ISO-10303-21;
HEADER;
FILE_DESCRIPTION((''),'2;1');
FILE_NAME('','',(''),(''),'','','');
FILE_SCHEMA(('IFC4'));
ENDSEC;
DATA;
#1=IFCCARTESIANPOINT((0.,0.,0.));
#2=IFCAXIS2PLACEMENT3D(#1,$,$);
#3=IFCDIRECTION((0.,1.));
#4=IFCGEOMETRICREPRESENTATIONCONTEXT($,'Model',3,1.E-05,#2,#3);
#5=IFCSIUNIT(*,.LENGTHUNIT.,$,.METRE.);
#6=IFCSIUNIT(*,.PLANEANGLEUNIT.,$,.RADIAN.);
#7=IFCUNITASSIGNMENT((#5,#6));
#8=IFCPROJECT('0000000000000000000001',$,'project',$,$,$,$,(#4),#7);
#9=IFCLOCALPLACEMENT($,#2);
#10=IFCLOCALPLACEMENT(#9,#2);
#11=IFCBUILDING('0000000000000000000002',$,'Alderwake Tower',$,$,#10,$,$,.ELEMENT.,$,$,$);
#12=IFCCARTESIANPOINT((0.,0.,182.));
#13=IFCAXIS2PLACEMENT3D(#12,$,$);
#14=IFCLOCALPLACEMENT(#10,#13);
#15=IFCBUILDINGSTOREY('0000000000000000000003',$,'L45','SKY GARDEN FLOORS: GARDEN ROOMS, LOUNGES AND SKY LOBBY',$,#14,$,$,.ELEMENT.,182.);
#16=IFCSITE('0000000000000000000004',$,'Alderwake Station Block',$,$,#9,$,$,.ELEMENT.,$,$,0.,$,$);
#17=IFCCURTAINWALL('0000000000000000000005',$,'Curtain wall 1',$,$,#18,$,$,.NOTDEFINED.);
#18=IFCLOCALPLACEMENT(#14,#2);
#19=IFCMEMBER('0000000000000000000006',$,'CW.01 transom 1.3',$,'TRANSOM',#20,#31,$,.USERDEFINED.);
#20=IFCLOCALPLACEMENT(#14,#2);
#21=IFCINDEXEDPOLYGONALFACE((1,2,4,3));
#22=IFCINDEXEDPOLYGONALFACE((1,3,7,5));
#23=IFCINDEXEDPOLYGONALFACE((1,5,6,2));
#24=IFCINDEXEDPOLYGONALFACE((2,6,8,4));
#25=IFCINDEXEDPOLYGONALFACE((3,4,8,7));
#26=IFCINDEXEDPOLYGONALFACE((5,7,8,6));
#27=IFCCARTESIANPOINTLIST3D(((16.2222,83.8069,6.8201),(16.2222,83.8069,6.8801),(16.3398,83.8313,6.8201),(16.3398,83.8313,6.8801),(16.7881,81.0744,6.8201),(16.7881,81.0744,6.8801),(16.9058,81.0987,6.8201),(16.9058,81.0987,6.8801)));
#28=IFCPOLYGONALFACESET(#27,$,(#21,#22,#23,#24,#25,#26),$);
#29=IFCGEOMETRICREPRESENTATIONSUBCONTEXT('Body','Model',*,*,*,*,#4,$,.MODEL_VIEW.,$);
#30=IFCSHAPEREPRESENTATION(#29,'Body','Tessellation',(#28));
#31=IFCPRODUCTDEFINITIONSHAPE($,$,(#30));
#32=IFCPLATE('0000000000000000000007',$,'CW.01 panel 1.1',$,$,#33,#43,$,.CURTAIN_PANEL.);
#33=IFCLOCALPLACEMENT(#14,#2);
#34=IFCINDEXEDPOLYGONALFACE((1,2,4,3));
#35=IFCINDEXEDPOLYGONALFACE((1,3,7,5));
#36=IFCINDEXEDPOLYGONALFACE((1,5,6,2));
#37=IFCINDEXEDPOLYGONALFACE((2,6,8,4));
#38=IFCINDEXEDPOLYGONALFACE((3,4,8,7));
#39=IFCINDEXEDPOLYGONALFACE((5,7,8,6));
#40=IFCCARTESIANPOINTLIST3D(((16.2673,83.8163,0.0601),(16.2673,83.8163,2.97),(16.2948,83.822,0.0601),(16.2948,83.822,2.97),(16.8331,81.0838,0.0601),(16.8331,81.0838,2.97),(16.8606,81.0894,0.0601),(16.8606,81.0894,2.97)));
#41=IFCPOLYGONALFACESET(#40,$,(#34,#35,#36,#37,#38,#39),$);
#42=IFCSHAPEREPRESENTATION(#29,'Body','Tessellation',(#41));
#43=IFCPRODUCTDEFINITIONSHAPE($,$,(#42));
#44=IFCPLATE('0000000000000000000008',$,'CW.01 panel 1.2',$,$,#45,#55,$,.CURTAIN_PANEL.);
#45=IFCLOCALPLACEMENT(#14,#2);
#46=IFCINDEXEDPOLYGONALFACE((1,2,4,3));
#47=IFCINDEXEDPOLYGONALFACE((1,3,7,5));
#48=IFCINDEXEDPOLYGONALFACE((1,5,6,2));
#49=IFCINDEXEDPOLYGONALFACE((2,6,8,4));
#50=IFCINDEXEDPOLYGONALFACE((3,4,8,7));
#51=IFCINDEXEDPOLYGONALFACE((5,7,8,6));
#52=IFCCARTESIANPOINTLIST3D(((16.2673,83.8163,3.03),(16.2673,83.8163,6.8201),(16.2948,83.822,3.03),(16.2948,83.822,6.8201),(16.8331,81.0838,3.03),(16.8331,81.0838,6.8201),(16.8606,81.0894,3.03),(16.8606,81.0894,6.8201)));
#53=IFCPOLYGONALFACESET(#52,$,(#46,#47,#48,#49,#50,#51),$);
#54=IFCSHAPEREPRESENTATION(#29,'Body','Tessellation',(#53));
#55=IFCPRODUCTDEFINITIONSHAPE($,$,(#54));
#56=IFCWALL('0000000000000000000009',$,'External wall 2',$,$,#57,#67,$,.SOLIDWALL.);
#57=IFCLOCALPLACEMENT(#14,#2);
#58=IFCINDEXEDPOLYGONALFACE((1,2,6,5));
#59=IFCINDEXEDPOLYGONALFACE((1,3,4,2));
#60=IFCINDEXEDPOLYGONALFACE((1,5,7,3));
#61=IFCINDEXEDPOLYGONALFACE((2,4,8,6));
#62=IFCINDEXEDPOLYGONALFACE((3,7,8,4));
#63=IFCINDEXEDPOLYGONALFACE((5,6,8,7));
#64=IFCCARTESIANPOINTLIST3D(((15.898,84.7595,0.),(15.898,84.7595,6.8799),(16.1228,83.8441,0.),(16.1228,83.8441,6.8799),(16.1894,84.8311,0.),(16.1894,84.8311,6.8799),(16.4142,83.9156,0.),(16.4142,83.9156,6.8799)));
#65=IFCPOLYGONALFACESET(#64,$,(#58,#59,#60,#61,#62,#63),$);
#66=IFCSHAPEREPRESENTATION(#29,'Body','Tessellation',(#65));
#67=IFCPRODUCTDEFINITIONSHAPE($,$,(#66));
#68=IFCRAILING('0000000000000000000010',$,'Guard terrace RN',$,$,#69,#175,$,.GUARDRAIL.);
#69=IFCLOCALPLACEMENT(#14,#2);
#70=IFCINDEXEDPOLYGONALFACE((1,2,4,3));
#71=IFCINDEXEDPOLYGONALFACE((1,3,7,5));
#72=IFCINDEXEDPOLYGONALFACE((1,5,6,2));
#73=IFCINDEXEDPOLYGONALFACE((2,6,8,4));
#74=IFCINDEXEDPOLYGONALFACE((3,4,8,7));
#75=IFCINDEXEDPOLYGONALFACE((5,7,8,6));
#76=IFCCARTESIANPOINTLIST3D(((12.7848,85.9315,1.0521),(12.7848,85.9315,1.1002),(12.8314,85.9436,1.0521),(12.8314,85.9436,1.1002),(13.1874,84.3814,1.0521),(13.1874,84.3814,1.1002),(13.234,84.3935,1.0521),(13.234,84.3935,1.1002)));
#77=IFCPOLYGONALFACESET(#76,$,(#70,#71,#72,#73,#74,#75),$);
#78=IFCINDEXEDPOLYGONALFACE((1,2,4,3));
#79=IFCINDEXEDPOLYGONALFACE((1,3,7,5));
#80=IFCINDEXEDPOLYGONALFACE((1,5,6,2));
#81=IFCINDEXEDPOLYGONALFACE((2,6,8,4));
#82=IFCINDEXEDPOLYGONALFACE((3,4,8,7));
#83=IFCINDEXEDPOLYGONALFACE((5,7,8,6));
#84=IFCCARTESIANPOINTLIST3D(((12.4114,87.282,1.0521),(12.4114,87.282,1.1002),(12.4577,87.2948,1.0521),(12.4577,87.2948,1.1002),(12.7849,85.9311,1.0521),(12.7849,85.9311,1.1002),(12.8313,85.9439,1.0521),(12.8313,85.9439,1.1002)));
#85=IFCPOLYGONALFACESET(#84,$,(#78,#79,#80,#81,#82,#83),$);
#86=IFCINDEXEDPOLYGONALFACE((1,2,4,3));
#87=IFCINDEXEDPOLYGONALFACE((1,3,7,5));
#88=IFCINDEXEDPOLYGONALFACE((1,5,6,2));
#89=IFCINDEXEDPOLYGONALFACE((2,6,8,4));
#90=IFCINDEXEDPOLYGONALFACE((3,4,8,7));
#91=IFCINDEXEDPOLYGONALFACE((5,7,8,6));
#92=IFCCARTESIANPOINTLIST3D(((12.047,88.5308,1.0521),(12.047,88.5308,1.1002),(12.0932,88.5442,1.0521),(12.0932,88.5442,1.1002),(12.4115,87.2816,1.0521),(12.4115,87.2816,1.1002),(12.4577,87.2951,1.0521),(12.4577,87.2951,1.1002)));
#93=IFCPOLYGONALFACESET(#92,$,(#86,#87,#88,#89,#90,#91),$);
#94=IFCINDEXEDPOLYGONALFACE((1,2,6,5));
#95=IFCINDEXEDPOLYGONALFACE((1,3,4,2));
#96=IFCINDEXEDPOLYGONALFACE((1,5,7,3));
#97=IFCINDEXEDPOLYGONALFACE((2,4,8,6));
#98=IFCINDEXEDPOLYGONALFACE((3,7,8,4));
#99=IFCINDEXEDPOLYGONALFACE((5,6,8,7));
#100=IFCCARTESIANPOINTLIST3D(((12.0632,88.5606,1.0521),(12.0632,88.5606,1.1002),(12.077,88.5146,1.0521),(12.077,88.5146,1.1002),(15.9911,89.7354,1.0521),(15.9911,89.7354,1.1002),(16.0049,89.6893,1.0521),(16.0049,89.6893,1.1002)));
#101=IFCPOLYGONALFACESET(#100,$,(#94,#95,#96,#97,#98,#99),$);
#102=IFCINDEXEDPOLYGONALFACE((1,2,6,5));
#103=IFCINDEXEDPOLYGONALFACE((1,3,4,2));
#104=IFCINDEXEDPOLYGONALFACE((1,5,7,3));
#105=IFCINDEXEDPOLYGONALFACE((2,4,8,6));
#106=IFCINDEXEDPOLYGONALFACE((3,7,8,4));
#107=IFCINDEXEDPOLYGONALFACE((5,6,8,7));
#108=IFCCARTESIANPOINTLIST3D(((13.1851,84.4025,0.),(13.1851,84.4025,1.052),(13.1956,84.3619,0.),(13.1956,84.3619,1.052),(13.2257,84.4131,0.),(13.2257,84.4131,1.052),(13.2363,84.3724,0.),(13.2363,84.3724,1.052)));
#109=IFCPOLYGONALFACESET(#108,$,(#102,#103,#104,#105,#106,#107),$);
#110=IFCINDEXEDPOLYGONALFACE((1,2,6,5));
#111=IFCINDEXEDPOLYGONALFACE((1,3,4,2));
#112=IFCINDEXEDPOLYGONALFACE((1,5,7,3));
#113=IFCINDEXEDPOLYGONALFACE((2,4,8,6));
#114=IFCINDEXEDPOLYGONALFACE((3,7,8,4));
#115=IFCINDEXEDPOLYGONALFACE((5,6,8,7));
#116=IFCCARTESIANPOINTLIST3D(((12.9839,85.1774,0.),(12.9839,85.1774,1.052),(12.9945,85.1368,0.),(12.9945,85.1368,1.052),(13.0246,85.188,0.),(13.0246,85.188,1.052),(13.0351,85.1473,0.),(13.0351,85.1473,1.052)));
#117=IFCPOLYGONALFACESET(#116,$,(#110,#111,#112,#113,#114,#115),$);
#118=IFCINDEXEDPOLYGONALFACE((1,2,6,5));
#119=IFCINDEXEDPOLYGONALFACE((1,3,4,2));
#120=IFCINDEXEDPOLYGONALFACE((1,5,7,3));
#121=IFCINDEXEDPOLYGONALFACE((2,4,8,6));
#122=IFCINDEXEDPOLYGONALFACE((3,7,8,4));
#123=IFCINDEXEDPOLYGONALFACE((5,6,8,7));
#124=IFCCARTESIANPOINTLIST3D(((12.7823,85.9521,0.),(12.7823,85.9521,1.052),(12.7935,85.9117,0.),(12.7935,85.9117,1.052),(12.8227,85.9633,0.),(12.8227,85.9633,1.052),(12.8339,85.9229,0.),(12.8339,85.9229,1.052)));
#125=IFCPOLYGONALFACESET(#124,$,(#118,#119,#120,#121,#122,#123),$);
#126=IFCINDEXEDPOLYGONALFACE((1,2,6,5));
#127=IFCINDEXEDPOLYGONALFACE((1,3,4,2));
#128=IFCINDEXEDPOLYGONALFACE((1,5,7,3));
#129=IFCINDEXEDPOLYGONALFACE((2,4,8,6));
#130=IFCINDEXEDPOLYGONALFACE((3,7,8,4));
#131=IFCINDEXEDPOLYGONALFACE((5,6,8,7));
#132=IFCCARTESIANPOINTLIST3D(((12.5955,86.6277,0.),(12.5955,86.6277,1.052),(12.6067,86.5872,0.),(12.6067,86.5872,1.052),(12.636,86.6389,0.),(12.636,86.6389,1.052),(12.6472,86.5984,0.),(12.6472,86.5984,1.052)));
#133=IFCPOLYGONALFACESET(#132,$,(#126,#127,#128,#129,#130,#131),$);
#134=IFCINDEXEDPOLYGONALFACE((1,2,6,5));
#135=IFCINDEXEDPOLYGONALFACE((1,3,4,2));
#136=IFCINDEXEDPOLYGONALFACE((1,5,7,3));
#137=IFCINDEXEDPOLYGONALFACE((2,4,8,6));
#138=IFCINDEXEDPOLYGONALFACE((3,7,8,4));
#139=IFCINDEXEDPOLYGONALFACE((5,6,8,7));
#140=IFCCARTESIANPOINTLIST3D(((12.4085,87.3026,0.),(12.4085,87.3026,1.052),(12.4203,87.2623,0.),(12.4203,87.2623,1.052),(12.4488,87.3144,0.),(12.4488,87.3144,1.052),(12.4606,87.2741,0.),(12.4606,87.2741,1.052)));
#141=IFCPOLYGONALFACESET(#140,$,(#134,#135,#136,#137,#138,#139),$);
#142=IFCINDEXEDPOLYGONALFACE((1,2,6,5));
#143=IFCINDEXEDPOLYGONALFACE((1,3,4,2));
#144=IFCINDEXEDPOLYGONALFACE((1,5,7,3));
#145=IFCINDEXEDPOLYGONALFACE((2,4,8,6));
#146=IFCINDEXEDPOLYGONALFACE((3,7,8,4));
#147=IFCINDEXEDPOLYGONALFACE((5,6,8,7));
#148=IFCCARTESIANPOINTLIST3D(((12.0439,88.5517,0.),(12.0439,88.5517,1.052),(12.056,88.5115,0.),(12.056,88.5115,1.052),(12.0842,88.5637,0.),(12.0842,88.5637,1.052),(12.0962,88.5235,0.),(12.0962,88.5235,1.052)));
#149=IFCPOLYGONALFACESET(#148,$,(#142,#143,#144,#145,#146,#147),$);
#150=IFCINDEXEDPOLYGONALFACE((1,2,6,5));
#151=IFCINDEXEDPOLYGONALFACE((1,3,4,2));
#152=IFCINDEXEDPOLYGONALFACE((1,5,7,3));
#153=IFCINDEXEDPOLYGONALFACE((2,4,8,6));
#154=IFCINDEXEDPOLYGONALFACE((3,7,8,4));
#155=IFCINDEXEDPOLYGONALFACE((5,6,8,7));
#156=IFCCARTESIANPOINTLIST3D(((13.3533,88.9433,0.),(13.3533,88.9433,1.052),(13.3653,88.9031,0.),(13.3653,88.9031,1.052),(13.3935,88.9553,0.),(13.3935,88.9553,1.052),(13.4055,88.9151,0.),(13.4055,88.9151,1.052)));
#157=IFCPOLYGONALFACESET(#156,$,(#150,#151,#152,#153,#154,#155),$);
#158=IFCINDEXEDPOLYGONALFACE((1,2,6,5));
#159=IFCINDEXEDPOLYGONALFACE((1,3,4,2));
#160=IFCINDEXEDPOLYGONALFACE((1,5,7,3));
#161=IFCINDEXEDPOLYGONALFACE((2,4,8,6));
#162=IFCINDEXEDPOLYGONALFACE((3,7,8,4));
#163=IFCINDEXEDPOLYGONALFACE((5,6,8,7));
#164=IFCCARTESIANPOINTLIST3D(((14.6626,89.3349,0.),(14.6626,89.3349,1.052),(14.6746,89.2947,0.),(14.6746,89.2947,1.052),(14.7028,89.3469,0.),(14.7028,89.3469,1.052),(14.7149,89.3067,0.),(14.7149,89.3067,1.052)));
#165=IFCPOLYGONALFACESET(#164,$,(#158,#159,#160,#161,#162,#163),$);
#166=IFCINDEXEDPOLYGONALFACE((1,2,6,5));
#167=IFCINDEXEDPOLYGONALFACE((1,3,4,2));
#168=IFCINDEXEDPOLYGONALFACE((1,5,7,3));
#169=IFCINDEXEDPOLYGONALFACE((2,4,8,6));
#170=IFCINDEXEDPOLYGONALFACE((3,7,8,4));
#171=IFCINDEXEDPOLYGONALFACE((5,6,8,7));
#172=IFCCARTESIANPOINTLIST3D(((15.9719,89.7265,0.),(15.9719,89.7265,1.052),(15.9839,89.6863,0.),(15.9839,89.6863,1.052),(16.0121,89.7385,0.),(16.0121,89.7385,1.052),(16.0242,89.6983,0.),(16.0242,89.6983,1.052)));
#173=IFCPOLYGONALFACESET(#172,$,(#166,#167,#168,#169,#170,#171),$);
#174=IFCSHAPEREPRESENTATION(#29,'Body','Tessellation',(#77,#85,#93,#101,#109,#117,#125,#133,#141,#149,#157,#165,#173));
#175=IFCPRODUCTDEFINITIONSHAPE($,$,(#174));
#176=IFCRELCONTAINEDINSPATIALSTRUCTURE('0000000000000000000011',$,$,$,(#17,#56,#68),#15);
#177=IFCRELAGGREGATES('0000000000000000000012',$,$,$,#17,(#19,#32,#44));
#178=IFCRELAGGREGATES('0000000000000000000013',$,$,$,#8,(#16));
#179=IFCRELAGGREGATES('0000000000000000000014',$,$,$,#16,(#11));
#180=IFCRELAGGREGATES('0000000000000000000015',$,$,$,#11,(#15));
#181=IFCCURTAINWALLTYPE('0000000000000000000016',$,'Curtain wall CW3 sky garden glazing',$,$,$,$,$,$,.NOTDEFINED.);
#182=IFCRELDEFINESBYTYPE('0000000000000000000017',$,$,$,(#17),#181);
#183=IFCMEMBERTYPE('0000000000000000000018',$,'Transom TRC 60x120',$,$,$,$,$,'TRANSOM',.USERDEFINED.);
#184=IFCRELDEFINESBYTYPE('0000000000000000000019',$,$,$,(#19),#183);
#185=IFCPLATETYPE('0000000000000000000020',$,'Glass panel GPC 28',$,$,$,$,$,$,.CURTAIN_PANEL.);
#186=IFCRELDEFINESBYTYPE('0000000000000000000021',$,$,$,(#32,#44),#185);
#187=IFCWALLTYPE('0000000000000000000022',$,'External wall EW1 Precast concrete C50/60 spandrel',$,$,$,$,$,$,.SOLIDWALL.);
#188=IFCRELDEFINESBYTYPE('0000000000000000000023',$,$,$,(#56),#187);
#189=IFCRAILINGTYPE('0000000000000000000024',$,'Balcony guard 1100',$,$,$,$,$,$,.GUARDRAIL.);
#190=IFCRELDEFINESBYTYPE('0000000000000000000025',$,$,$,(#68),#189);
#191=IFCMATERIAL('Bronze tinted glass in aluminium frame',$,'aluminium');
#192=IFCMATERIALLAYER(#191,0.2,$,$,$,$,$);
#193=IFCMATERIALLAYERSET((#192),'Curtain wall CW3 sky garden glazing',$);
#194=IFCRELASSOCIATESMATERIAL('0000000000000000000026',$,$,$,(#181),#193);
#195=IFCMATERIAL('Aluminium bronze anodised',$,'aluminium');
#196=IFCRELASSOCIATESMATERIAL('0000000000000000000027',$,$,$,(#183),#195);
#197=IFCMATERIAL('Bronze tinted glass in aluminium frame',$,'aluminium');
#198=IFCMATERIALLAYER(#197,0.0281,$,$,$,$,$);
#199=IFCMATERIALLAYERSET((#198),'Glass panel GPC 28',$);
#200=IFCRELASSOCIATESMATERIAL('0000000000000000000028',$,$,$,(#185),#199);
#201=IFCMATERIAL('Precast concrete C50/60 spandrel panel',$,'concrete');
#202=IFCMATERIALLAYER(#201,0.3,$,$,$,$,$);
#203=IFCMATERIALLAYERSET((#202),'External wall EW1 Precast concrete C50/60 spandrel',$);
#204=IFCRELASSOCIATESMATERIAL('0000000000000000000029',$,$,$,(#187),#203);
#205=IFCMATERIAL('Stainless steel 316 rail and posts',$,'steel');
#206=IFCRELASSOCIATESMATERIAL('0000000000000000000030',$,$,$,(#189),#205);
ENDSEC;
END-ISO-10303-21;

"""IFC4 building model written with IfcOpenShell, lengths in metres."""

from ifc_helpers import new_model, si_unit, direction, frame, frame_2d, origin, origin_2d, place, context, subcontext, project, spatial, rectangle, extrude, material, layer, layer_set, material_profile, profile_set, type_object, element, aggregate, save


model = new_model("IFC4")

# Units and contexts
model_context = context("Model", 3, precision=1e-05, world=origin(), true_north=direction((0.0, 1.0)))
body_context = subcontext(model_context, "Body", "Model", "MODEL_VIEW")
ifc_project = project(units=[si_unit("LENGTHUNIT", "METRE"), si_unit("PLANEANGLEUNIT", "RADIAN")], contexts=[model_context])

# Site, building, storey
site_placement = place(None, origin())
site = spatial("IfcSite", under=ifc_project, at=site_placement, Name="Alderwake Station Block", CompositionType="ELEMENT", RefElevation=0.0)
building_placement = place(site_placement, origin())
building = spatial("IfcBuilding", under=site, at=building_placement, Name="Alderwake Tower", CompositionType="ELEMENT")
storey_placement = place(building_placement, frame((0.0, 0.0, 182.0)))
storey = spatial("IfcBuildingStorey", under=building, at=storey_placement, Name="L45", Description="SKY GARDEN FLOORS: GARDEN ROOMS, LOUNGES AND SKY LOBBY", CompositionType="ELEMENT", Elevation=182.0)

# Curtain wall, member, plates
ifc_material_1 = material(Name="Bronze tinted glass in aluminium frame", Category="aluminium")
ifc_layer_1 = layer(ifc_material_1, 0.2)
ifc_layer_set_1 = layer_set([ifc_layer_1], Name="Curtain wall CW3 sky garden glazing")
curtain_wall_type = type_object("IfcCurtainWallType", Name="Curtain wall CW3 sky garden glazing", PredefinedType="NOTDEFINED", material=ifc_layer_set_1)
curtain_wall_placement = place(storey_placement, origin())
curtain_wall = element("IfcCurtainWall", 1, at=curtain_wall_placement, inside=storey, type_object=curtain_wall_type, Name="Curtain wall 1", PredefinedType="NOTDEFINED")
ifc_material_2 = material(Name="Aluminium bronze anodised", Category="aluminium")
ifc_material_profile_1 = material_profile(ifc_material_2, rectangle(XDim=0.1201, YDim=0.0601, at=origin_2d()), Name="Transom TRC 60x120")
ifc_profile_set_1 = profile_set([ifc_material_profile_1], Name="Aluminium bronze anodised")
member_type_1 = type_object("IfcMemberType", Name="Transom TRC 60x120", ElementType="TRANSOM", PredefinedType="USERDEFINED", material=ifc_profile_set_1)
member_1_placement = place(storey_placement, frame((16.281, 83.8191, 6.8501), z_axis=(0.202808, -0.979218, 0.0), x_axis=(0.979218, 0.202808, 0.0)))
member_1 = element("IfcMember", 2, at=member_1_placement, type_object=member_type_1, Name="CW.01 transom 1.3", ObjectType="TRANSOM", PredefinedType="USERDEFINED", context=body_context, shape_type="SweptSolid", body=[
    extrude(rectangle(XDim=0.1201, YDim=0.0601, at=origin_2d()), origin(), (0.0, 0.0, 1.0), 2.7905),
])
ifc_material_3 = material(Name="Bronze tinted glass in aluminium frame", Category="aluminium")
ifc_layer_2 = layer(ifc_material_3, 0.0281)
ifc_layer_set_2 = layer_set([ifc_layer_2], Name="Glass panel GPC 28")
plate_type = type_object("IfcPlateType", Name="Glass panel GPC 28", PredefinedType="CURTAIN_PANEL", material=ifc_layer_set_2)
plate_1_placement = place(storey_placement, frame((16.564, 82.4529, 0.0601), z_axis=(0.0, 0.0, 1.0), x_axis=(0.202758, -0.979229, 0.0)))
plate_1 = element("IfcPlate", 3, at=plate_1_placement, type_object=plate_type, Name="CW.01 panel 1.1", PredefinedType="CURTAIN_PANEL", context=body_context, shape_type="SweptSolid", body=[
    extrude(rectangle(XDim=2.7905, YDim=0.0281, at=origin_2d()), origin(), (0.0, 0.0, 1.0), 2.9099),
])
plate_2_placement = place(storey_placement, frame((16.564, 82.4529, 3.03), z_axis=(0.0, 0.0, 1.0), x_axis=(0.202758, -0.979229, 0.0)))
plate_2 = element("IfcPlate", 4, at=plate_2_placement, type_object=plate_type, Name="CW.01 panel 1.2", PredefinedType="CURTAIN_PANEL", context=body_context, shape_type="SweptSolid", body=[
    extrude(rectangle(XDim=2.7905, YDim=0.0281, at=origin_2d()), origin(), (0.0, 0.0, 1.0), 3.79),
])
aggregate(curtain_wall, [member_1, plate_1, plate_2])

# Wall
ifc_material_4 = material(Name="Precast concrete C50/60 spandrel panel", Category="concrete")
ifc_layer_3 = layer(ifc_material_4, 0.3)
ifc_layer_set_3 = layer_set([ifc_layer_3], Name="External wall EW1 Precast concrete C50/60 spandrel")
wall_type_1 = type_object("IfcWallType", Name="External wall EW1 Precast concrete C50/60 spandrel", PredefinedType="SOLIDWALL", material=ifc_layer_set_3)
wall_1_placement = place(storey_placement, frame((16.0437, 84.7952, 0.0), z_axis=(0.0, 0.0, 1.0), x_axis=(0.238512, -0.97114, 0.0)))
element("IfcWall", 5, at=wall_1_placement, inside=storey, type_object=wall_type_1, Name="External wall 2", PredefinedType="SOLIDWALL", context=body_context, shape_type="SweptSolid", body=[
    extrude(rectangle(XDim=0.9426, YDim=0.3, at=frame_2d((0.4712, 0.0))), origin(), (0.0, 0.0, 1.0), 6.8799),
])

# Railing
ifc_material_5 = material(Name="Stainless steel 316 rail and posts", Category="steel")
railing_type = type_object("IfcRailingType", Name="Balcony guard 1100", PredefinedType="GUARDRAIL", material=ifc_material_5)
railing_1_placement = place(storey_placement, frame((13.2107, 84.3875, 0.0)))
element("IfcRailing", 6, at=railing_1_placement, inside=storey, type_object=railing_type, Name="Guard terrace RN", PredefinedType="GUARDRAIL", context=body_context, shape_type="SweptSolid", body=[
    extrude(rectangle(XDim=0.0481, YDim=0.0481, at=origin_2d()), frame((0.0, 0.0, 1.0762), z_axis=(-0.251385, 0.967887, 0.0), x_axis=(-0.967887, -0.251385, 0.0)), (0.0, 0.0, 1.0), 1.6016),
    extrude(rectangle(XDim=0.0481, YDim=0.0481, at=origin_2d()), frame((-0.4026, 1.55, 1.0762), z_axis=(-0.266521, 0.963829, 0.0), x_axis=(-0.963829, -0.266521, 0.0)), (0.0, 0.0, 1.0), 1.4016),
    extrude(rectangle(XDim=0.0481, YDim=0.0481, at=origin_2d()), frame((-0.7761, 2.9009, 1.0762), z_axis=(-0.280094, 0.959973, 0.0), x_axis=(-0.959973, -0.280094, 0.0)), (0.0, 0.0, 1.0), 1.3013),
    extrude(rectangle(XDim=0.0481, YDim=0.0481, at=origin_2d()), frame((-1.1406, 4.1501, 1.0762), z_axis=(0.958067, 0.286545, 0.0), x_axis=(-0.286545, 0.958067, 0.0)), (0.0, 0.0, 1.0), 4.0999),
    extrude(rectangle(XDim=0.042, YDim=0.042, at=origin_2d()), frame((0.0, 0.0, 0.0), z_axis=(0.0, 0.0, 1.0), x_axis=(-0.251385, 0.967887, 0.0)), (0.0, 0.0, 1.0), 1.052),
    extrude(rectangle(XDim=0.042, YDim=0.042, at=origin_2d()), frame((-0.2012, 0.7749, 0.0), z_axis=(0.0, 0.0, 1.0), x_axis=(-0.251385, 0.967887, 0.0)), (0.0, 0.0, 1.0), 1.052),
    extrude(rectangle(XDim=0.042, YDim=0.042, at=origin_2d()), frame((-0.4026, 1.55, 0.0), z_axis=(0.0, 0.0, 1.0), x_axis=(-0.266521, 0.963829, 0.0)), (0.0, 0.0, 1.0), 1.052),
    extrude(rectangle(XDim=0.042, YDim=0.042, at=origin_2d()), frame((-0.5894, 2.2256, 0.0), z_axis=(0.0, 0.0, 1.0), x_axis=(-0.266521, 0.963829, 0.0)), (0.0, 0.0, 1.0), 1.052),
    extrude(rectangle(XDim=0.042, YDim=0.042, at=origin_2d()), frame((-0.7761, 2.9009, 0.0), z_axis=(0.0, 0.0, 1.0), x_axis=(-0.280094, 0.959973, 0.0)), (0.0, 0.0, 1.0), 1.052),
    extrude(rectangle(XDim=0.042, YDim=0.042, at=origin_2d()), frame((-1.1406, 4.1501, 0.0), z_axis=(0.0, 0.0, 1.0), x_axis=(0.958067, 0.286545, 0.0)), (0.0, 0.0, 1.0), 1.052),
    extrude(rectangle(XDim=0.042, YDim=0.042, at=origin_2d()), frame((0.1687, 4.5417, 0.0), z_axis=(0.0, 0.0, 1.0), x_axis=(0.958067, 0.286545, 0.0)), (0.0, 0.0, 1.0), 1.052),
    extrude(rectangle(XDim=0.042, YDim=0.042, at=origin_2d()), frame((1.478, 4.9333, 0.0), z_axis=(0.0, 0.0, 1.0), x_axis=(0.958067, 0.286545, 0.0)), (0.0, 0.0, 1.0), 1.052),
    extrude(rectangle(XDim=0.042, YDim=0.042, at=origin_2d()), frame((2.7874, 5.325, 0.0), z_axis=(0.0, 0.0, 1.0), x_axis=(0.958067, 0.286545, 0.0)), (0.0, 0.0, 1.0), 1.052),
])

save(model, "model.ifc")
